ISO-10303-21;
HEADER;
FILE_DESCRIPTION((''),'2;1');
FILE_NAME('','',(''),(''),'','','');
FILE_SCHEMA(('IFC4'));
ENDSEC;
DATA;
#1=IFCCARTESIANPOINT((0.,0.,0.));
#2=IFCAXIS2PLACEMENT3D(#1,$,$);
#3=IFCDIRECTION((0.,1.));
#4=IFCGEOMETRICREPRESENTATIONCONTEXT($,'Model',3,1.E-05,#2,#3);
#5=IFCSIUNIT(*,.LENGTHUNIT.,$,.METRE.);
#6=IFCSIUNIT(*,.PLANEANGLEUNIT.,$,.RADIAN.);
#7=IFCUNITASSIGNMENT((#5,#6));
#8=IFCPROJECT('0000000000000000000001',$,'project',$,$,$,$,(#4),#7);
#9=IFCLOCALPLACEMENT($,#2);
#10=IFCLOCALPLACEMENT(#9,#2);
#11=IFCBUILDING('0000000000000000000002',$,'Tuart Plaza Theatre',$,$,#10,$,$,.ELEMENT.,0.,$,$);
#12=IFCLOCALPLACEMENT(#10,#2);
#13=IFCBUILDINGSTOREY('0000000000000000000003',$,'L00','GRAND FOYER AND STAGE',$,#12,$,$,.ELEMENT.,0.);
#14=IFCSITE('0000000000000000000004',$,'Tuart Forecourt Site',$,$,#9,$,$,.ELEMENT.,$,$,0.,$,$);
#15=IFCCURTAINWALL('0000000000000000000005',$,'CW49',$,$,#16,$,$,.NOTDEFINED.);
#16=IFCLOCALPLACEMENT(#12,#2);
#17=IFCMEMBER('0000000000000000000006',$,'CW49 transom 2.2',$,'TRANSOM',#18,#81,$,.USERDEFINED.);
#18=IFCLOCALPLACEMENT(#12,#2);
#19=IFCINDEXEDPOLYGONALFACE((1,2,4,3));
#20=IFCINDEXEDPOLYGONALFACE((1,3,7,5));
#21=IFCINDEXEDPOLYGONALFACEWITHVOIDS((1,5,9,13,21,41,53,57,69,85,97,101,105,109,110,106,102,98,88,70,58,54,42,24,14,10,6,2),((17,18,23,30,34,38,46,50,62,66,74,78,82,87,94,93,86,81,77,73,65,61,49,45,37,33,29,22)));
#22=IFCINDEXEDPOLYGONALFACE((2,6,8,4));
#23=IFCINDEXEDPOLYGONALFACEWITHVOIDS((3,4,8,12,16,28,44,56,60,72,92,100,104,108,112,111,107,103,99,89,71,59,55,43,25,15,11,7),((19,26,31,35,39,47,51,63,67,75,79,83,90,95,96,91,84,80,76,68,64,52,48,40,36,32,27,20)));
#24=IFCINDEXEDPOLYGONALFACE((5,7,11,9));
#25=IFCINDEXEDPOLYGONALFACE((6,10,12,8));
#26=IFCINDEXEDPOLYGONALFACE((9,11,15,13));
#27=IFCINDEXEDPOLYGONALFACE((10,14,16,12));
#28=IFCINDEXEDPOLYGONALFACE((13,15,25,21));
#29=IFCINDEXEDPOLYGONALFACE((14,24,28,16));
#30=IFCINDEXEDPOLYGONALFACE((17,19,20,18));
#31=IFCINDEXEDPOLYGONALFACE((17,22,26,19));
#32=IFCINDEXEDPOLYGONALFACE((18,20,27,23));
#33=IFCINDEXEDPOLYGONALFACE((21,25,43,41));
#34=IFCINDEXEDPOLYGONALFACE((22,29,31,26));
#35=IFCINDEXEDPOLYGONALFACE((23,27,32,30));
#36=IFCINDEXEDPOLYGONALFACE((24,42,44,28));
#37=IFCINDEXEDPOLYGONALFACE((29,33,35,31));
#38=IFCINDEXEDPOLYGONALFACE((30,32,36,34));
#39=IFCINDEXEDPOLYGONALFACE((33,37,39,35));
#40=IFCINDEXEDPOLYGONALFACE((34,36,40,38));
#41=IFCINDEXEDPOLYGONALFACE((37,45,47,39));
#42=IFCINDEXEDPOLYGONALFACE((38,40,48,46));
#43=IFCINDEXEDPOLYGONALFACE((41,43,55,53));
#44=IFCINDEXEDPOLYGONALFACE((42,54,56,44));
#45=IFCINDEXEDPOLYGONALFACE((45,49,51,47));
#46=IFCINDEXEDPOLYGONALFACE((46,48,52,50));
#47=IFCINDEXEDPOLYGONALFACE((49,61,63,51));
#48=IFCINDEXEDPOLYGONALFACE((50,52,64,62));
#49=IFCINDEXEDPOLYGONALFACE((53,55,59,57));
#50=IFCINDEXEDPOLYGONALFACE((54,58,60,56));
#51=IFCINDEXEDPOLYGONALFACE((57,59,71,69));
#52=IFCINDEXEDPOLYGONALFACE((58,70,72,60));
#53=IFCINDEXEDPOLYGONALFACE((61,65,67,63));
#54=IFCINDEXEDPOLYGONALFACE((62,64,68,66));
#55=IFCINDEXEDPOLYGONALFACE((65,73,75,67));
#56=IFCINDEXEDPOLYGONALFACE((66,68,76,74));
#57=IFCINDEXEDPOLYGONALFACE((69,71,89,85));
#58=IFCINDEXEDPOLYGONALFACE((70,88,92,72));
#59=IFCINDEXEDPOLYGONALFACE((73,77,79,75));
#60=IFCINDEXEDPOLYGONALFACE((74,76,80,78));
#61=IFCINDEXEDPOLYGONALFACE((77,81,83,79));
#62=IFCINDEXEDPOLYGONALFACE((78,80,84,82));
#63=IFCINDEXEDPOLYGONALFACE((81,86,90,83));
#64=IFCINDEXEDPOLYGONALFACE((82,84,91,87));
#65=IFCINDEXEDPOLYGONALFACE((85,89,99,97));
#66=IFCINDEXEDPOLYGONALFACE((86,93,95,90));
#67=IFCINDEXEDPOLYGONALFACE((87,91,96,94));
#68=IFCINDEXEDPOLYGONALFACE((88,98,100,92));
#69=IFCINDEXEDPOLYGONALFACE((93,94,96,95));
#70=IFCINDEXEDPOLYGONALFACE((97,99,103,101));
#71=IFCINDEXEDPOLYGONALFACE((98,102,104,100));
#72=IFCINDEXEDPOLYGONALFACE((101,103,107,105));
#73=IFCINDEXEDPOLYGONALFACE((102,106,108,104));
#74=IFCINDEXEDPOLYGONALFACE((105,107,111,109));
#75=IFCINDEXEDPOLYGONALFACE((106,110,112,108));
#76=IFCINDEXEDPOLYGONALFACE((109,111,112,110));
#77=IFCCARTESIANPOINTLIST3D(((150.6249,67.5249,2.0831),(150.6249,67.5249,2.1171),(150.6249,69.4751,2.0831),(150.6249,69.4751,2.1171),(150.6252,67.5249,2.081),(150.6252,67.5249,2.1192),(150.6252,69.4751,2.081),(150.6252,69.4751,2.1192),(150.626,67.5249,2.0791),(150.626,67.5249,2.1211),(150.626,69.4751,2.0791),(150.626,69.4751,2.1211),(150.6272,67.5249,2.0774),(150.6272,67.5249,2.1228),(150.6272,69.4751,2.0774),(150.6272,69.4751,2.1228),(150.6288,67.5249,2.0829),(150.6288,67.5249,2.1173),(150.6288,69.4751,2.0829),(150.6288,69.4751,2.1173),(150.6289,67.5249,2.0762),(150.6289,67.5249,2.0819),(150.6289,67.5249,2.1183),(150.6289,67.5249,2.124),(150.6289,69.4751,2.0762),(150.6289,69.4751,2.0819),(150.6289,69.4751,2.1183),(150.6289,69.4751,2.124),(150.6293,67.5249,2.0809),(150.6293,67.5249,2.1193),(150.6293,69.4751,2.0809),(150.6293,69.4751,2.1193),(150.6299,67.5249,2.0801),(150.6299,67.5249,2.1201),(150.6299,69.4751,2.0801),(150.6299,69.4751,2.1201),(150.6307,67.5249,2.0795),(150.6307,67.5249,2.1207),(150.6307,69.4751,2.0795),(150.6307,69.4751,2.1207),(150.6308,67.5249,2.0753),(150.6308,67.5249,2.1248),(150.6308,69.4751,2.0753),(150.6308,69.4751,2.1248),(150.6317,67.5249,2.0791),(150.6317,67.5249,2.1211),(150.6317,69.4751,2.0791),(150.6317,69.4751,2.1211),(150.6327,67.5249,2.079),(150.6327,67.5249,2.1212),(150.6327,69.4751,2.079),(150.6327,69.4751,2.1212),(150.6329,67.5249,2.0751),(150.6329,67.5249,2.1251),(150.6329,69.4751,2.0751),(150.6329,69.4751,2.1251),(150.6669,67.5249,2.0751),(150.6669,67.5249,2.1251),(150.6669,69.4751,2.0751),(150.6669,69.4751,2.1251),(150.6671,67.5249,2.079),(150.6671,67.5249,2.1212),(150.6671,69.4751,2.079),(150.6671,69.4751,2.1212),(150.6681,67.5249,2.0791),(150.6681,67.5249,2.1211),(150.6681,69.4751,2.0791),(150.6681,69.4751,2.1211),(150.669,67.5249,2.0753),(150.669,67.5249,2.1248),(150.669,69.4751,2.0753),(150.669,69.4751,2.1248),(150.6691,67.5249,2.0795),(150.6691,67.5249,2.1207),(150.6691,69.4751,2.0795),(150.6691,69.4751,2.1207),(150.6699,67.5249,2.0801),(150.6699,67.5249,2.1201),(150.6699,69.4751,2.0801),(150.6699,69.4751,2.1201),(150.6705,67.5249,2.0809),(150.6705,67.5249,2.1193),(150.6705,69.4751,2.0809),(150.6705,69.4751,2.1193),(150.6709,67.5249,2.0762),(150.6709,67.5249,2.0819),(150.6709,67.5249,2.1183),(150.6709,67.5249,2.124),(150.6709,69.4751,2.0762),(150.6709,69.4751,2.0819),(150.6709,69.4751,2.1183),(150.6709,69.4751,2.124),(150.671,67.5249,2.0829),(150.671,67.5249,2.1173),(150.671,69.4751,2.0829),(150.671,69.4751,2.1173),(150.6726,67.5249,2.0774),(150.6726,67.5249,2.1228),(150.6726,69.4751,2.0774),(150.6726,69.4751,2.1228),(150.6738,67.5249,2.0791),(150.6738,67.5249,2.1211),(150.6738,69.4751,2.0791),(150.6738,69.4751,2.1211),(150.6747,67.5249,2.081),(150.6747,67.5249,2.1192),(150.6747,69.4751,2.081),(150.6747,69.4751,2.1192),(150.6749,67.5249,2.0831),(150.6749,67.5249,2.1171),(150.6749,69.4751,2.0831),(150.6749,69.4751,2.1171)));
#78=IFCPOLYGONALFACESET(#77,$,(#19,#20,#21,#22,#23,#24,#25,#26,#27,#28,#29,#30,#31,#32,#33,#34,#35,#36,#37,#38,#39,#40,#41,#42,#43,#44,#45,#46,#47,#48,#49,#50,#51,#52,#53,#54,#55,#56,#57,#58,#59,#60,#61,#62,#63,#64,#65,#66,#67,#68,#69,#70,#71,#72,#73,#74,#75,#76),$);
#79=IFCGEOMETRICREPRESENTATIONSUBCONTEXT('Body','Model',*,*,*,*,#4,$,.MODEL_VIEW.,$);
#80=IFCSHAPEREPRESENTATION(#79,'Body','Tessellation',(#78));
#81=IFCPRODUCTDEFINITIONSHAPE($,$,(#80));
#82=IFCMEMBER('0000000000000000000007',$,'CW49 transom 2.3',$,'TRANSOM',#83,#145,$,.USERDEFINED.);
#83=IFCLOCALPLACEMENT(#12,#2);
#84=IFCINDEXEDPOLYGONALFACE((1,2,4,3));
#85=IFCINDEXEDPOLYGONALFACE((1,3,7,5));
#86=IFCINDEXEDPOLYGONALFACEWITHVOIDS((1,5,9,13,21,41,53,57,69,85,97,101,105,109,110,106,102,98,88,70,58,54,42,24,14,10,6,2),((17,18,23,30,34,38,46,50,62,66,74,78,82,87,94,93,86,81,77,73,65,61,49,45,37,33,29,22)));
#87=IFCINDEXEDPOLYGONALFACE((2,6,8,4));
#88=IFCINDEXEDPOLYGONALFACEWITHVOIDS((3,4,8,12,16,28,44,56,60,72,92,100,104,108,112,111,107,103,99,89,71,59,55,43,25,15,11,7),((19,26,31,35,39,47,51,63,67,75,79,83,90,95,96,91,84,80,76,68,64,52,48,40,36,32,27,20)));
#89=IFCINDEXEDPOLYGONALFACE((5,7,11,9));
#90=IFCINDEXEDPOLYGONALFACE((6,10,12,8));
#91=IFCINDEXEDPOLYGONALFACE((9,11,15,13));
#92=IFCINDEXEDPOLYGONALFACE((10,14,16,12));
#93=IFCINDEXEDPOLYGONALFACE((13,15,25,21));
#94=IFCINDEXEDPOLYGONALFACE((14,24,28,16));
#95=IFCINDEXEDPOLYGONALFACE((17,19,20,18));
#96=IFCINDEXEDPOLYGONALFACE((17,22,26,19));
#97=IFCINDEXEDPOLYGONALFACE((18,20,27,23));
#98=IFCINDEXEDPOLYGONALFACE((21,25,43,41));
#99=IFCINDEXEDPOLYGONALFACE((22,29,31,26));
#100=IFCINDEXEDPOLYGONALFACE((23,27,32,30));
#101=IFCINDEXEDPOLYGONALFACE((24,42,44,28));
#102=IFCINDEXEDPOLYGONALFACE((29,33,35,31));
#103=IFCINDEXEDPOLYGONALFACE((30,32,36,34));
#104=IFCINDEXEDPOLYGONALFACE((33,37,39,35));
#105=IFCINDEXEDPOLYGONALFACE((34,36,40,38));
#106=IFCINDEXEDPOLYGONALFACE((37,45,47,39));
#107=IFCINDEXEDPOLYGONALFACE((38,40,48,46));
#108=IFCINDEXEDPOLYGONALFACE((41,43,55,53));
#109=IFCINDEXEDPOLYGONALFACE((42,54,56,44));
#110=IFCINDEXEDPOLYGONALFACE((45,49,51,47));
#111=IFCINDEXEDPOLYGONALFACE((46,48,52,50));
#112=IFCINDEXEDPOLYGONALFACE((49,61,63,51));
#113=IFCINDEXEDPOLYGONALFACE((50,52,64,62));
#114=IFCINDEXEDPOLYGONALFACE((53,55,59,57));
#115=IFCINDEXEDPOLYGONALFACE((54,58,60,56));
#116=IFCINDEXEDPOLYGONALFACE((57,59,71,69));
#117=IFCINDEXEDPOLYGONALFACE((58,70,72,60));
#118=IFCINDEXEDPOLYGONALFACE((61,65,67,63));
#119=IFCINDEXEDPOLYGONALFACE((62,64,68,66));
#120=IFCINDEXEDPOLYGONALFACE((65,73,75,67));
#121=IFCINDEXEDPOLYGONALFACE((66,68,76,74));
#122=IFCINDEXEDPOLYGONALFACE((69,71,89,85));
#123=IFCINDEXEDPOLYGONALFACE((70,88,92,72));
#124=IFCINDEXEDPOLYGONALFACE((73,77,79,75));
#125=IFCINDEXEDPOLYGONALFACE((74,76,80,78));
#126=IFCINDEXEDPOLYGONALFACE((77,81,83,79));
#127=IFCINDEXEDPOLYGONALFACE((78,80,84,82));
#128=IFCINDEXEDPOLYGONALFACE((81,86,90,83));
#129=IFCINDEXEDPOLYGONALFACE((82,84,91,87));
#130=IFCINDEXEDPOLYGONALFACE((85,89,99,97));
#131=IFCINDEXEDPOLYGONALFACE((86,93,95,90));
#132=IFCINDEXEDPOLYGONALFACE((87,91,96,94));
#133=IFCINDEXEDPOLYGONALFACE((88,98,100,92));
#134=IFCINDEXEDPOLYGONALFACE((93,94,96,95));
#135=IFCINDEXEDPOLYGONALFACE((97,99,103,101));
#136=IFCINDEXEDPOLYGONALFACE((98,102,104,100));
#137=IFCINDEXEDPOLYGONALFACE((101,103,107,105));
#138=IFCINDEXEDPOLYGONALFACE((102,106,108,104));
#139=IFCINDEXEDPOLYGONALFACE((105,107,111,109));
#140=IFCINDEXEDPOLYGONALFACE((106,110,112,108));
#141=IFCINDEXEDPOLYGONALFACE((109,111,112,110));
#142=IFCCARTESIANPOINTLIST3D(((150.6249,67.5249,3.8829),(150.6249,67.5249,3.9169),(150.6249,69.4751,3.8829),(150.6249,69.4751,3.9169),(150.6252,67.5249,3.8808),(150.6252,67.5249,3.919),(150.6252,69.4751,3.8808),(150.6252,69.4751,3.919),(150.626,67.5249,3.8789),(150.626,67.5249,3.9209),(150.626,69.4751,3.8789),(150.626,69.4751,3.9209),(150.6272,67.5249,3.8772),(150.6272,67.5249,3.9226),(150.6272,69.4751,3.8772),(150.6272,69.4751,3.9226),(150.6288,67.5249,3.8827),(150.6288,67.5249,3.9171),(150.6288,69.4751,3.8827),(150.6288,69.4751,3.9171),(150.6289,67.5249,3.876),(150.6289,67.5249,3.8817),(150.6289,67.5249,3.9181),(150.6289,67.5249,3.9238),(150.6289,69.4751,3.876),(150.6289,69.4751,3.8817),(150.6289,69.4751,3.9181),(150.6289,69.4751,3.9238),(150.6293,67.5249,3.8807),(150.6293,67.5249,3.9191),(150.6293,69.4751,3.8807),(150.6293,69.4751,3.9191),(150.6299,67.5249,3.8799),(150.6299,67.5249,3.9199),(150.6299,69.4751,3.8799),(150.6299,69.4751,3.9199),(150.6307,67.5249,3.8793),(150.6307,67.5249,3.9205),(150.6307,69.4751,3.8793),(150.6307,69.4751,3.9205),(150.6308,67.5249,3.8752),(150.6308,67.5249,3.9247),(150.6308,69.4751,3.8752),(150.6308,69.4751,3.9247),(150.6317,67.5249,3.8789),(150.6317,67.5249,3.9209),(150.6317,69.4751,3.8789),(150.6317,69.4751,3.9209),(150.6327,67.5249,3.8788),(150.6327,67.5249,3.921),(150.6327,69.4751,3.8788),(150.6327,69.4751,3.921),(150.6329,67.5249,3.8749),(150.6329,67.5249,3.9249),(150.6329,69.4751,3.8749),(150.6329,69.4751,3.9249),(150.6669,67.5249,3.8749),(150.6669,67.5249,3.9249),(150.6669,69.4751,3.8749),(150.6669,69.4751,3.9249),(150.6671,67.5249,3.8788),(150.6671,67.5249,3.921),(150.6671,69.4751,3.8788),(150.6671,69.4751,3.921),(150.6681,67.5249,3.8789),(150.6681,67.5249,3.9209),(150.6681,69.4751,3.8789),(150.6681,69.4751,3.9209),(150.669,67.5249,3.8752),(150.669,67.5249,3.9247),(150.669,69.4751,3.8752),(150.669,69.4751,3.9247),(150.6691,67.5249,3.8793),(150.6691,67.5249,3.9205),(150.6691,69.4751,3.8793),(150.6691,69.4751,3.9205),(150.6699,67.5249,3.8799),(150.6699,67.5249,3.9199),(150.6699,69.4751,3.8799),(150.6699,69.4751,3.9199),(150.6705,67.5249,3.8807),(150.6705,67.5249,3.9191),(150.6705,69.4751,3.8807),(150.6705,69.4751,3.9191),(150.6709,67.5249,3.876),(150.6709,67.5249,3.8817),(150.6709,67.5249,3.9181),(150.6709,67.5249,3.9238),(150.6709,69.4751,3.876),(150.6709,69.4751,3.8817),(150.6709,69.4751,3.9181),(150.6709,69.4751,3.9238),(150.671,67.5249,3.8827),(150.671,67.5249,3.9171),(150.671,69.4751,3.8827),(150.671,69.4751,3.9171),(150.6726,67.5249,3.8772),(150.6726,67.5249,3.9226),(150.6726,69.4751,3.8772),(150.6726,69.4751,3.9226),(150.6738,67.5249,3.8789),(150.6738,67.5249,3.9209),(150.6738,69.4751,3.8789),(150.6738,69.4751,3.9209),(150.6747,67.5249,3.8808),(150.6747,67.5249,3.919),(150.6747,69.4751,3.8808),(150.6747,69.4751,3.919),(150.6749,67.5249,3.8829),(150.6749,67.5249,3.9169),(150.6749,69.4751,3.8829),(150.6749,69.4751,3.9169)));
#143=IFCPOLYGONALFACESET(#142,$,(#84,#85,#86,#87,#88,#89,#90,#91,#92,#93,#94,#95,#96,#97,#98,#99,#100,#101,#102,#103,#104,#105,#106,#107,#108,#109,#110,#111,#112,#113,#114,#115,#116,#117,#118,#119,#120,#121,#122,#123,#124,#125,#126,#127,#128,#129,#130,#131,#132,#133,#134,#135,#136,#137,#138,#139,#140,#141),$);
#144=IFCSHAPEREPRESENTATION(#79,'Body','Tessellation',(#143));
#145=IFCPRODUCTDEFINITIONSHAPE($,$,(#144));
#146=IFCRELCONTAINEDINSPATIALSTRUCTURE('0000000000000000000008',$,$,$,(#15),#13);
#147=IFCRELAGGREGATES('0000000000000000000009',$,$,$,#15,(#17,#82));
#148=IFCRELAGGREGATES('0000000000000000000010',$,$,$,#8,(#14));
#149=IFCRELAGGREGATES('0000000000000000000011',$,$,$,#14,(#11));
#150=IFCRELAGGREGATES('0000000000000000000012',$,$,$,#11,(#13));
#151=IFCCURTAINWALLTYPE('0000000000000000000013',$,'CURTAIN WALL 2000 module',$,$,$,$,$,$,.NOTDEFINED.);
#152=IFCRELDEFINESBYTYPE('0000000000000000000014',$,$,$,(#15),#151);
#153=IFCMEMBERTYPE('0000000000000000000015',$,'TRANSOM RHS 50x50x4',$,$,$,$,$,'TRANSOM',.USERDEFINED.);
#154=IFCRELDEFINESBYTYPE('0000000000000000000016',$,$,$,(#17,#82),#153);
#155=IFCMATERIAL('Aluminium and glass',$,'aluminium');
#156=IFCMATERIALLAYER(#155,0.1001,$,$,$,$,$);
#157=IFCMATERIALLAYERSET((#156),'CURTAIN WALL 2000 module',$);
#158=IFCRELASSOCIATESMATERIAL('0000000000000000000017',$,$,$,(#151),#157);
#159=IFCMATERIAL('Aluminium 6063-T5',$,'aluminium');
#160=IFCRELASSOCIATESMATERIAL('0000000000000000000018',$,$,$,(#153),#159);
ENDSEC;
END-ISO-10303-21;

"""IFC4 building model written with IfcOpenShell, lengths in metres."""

from ifc_helpers import new_model, si_unit, direction, frame, origin, origin_2d, place, context, subcontext, project, spatial, hollow_rectangle, extrude, material, layer, layer_set, material_profile, profile_set, type_object, element, aggregate, save


model = new_model("IFC4")

# Units and contexts
model_context = context("Model", 3, precision=1e-05, world=origin(), true_north=direction((0.0, 1.0)))
body_context = subcontext(model_context, "Body", "Model", "MODEL_VIEW")
ifc_project = project(units=[si_unit("LENGTHUNIT", "METRE"), si_unit("PLANEANGLEUNIT", "RADIAN")], contexts=[model_context])

# Site, building, storey
site_placement = place(None, origin())
site = spatial("IfcSite", under=ifc_project, at=site_placement, Name="Tuart Forecourt Site", CompositionType="ELEMENT", RefElevation=0.0)
building_placement = place(site_placement, origin())
building = spatial("IfcBuilding", under=site, at=building_placement, Name="Tuart Plaza Theatre", CompositionType="ELEMENT", ElevationOfRefHeight=0.0)
storey_placement = place(building_placement, origin())
storey = spatial("IfcBuildingStorey", under=building, at=storey_placement, Name="L00", Description="GRAND FOYER AND STAGE", CompositionType="ELEMENT", Elevation=0.0)

# Curtain wall, members
ifc_material_1 = material(Name="Aluminium and glass", Category="aluminium")
ifc_layer_1 = layer(ifc_material_1, 0.1001)
ifc_layer_set_1 = layer_set([ifc_layer_1], Name="CURTAIN WALL 2000 module")
curtain_wall_type = type_object("IfcCurtainWallType", Name="CURTAIN WALL 2000 module", PredefinedType="NOTDEFINED", material=ifc_layer_set_1)
curtain_wall_placement = place(storey_placement, origin())
curtain_wall = element("IfcCurtainWall", 1, at=curtain_wall_placement, inside=storey, type_object=curtain_wall_type, Name="CW49", PredefinedType="NOTDEFINED")
ifc_material_2 = material(Name="Aluminium 6063-T5", Category="aluminium")
ifc_material_profile_1 = material_profile(ifc_material_2, hollow_rectangle(XDim=0.05, YDim=0.05, WallThickness=0.0039, InnerFilletRadius=0.0039, OuterFilletRadius=0.0081, at=origin_2d()), Name="RHS 50x50x4")
ifc_profile_set_1 = profile_set([ifc_material_profile_1], Name="Aluminium 6063-T5")
member_type_1 = type_object("IfcMemberType", Name="TRANSOM RHS 50x50x4", ElementType="TRANSOM", PredefinedType="USERDEFINED", material=ifc_profile_set_1)
member_1_placement = place(storey_placement, frame((150.6499, 67.5249, 2.1001), z_axis=(0.0, 1.0, 0.0), x_axis=(-1.0, 0.0, 0.0)))
member_1 = element("IfcMember", 2, at=member_1_placement, type_object=member_type_1, Name="CW49 transom 2.2", ObjectType="TRANSOM", PredefinedType="USERDEFINED", context=body_context, shape_type="SweptSolid", body=[
    extrude(hollow_rectangle(XDim=0.05, YDim=0.05, WallThickness=0.0039, InnerFilletRadius=0.0039, OuterFilletRadius=0.0081, at=origin_2d()), origin(), (0.0, 0.0, 1.0), 1.9502),
])
member_2_placement = place(storey_placement, frame((150.6499, 67.5249, 3.8999), z_axis=(0.0, 1.0, 0.0), x_axis=(-1.0, 0.0, 0.0)))
member_2 = element("IfcMember", 3, at=member_2_placement, type_object=member_type_1, Name="CW49 transom 2.3", ObjectType="TRANSOM", PredefinedType="USERDEFINED", context=body_context, shape_type="SweptSolid", body=[
    extrude(hollow_rectangle(XDim=0.05, YDim=0.05, WallThickness=0.0039, InnerFilletRadius=0.0039, OuterFilletRadius=0.0081, at=origin_2d()), origin(), (0.0, 0.0, 1.0), 1.9502),
])
aggregate(curtain_wall, [member_1, member_2])

save(model, "model.ifc")
